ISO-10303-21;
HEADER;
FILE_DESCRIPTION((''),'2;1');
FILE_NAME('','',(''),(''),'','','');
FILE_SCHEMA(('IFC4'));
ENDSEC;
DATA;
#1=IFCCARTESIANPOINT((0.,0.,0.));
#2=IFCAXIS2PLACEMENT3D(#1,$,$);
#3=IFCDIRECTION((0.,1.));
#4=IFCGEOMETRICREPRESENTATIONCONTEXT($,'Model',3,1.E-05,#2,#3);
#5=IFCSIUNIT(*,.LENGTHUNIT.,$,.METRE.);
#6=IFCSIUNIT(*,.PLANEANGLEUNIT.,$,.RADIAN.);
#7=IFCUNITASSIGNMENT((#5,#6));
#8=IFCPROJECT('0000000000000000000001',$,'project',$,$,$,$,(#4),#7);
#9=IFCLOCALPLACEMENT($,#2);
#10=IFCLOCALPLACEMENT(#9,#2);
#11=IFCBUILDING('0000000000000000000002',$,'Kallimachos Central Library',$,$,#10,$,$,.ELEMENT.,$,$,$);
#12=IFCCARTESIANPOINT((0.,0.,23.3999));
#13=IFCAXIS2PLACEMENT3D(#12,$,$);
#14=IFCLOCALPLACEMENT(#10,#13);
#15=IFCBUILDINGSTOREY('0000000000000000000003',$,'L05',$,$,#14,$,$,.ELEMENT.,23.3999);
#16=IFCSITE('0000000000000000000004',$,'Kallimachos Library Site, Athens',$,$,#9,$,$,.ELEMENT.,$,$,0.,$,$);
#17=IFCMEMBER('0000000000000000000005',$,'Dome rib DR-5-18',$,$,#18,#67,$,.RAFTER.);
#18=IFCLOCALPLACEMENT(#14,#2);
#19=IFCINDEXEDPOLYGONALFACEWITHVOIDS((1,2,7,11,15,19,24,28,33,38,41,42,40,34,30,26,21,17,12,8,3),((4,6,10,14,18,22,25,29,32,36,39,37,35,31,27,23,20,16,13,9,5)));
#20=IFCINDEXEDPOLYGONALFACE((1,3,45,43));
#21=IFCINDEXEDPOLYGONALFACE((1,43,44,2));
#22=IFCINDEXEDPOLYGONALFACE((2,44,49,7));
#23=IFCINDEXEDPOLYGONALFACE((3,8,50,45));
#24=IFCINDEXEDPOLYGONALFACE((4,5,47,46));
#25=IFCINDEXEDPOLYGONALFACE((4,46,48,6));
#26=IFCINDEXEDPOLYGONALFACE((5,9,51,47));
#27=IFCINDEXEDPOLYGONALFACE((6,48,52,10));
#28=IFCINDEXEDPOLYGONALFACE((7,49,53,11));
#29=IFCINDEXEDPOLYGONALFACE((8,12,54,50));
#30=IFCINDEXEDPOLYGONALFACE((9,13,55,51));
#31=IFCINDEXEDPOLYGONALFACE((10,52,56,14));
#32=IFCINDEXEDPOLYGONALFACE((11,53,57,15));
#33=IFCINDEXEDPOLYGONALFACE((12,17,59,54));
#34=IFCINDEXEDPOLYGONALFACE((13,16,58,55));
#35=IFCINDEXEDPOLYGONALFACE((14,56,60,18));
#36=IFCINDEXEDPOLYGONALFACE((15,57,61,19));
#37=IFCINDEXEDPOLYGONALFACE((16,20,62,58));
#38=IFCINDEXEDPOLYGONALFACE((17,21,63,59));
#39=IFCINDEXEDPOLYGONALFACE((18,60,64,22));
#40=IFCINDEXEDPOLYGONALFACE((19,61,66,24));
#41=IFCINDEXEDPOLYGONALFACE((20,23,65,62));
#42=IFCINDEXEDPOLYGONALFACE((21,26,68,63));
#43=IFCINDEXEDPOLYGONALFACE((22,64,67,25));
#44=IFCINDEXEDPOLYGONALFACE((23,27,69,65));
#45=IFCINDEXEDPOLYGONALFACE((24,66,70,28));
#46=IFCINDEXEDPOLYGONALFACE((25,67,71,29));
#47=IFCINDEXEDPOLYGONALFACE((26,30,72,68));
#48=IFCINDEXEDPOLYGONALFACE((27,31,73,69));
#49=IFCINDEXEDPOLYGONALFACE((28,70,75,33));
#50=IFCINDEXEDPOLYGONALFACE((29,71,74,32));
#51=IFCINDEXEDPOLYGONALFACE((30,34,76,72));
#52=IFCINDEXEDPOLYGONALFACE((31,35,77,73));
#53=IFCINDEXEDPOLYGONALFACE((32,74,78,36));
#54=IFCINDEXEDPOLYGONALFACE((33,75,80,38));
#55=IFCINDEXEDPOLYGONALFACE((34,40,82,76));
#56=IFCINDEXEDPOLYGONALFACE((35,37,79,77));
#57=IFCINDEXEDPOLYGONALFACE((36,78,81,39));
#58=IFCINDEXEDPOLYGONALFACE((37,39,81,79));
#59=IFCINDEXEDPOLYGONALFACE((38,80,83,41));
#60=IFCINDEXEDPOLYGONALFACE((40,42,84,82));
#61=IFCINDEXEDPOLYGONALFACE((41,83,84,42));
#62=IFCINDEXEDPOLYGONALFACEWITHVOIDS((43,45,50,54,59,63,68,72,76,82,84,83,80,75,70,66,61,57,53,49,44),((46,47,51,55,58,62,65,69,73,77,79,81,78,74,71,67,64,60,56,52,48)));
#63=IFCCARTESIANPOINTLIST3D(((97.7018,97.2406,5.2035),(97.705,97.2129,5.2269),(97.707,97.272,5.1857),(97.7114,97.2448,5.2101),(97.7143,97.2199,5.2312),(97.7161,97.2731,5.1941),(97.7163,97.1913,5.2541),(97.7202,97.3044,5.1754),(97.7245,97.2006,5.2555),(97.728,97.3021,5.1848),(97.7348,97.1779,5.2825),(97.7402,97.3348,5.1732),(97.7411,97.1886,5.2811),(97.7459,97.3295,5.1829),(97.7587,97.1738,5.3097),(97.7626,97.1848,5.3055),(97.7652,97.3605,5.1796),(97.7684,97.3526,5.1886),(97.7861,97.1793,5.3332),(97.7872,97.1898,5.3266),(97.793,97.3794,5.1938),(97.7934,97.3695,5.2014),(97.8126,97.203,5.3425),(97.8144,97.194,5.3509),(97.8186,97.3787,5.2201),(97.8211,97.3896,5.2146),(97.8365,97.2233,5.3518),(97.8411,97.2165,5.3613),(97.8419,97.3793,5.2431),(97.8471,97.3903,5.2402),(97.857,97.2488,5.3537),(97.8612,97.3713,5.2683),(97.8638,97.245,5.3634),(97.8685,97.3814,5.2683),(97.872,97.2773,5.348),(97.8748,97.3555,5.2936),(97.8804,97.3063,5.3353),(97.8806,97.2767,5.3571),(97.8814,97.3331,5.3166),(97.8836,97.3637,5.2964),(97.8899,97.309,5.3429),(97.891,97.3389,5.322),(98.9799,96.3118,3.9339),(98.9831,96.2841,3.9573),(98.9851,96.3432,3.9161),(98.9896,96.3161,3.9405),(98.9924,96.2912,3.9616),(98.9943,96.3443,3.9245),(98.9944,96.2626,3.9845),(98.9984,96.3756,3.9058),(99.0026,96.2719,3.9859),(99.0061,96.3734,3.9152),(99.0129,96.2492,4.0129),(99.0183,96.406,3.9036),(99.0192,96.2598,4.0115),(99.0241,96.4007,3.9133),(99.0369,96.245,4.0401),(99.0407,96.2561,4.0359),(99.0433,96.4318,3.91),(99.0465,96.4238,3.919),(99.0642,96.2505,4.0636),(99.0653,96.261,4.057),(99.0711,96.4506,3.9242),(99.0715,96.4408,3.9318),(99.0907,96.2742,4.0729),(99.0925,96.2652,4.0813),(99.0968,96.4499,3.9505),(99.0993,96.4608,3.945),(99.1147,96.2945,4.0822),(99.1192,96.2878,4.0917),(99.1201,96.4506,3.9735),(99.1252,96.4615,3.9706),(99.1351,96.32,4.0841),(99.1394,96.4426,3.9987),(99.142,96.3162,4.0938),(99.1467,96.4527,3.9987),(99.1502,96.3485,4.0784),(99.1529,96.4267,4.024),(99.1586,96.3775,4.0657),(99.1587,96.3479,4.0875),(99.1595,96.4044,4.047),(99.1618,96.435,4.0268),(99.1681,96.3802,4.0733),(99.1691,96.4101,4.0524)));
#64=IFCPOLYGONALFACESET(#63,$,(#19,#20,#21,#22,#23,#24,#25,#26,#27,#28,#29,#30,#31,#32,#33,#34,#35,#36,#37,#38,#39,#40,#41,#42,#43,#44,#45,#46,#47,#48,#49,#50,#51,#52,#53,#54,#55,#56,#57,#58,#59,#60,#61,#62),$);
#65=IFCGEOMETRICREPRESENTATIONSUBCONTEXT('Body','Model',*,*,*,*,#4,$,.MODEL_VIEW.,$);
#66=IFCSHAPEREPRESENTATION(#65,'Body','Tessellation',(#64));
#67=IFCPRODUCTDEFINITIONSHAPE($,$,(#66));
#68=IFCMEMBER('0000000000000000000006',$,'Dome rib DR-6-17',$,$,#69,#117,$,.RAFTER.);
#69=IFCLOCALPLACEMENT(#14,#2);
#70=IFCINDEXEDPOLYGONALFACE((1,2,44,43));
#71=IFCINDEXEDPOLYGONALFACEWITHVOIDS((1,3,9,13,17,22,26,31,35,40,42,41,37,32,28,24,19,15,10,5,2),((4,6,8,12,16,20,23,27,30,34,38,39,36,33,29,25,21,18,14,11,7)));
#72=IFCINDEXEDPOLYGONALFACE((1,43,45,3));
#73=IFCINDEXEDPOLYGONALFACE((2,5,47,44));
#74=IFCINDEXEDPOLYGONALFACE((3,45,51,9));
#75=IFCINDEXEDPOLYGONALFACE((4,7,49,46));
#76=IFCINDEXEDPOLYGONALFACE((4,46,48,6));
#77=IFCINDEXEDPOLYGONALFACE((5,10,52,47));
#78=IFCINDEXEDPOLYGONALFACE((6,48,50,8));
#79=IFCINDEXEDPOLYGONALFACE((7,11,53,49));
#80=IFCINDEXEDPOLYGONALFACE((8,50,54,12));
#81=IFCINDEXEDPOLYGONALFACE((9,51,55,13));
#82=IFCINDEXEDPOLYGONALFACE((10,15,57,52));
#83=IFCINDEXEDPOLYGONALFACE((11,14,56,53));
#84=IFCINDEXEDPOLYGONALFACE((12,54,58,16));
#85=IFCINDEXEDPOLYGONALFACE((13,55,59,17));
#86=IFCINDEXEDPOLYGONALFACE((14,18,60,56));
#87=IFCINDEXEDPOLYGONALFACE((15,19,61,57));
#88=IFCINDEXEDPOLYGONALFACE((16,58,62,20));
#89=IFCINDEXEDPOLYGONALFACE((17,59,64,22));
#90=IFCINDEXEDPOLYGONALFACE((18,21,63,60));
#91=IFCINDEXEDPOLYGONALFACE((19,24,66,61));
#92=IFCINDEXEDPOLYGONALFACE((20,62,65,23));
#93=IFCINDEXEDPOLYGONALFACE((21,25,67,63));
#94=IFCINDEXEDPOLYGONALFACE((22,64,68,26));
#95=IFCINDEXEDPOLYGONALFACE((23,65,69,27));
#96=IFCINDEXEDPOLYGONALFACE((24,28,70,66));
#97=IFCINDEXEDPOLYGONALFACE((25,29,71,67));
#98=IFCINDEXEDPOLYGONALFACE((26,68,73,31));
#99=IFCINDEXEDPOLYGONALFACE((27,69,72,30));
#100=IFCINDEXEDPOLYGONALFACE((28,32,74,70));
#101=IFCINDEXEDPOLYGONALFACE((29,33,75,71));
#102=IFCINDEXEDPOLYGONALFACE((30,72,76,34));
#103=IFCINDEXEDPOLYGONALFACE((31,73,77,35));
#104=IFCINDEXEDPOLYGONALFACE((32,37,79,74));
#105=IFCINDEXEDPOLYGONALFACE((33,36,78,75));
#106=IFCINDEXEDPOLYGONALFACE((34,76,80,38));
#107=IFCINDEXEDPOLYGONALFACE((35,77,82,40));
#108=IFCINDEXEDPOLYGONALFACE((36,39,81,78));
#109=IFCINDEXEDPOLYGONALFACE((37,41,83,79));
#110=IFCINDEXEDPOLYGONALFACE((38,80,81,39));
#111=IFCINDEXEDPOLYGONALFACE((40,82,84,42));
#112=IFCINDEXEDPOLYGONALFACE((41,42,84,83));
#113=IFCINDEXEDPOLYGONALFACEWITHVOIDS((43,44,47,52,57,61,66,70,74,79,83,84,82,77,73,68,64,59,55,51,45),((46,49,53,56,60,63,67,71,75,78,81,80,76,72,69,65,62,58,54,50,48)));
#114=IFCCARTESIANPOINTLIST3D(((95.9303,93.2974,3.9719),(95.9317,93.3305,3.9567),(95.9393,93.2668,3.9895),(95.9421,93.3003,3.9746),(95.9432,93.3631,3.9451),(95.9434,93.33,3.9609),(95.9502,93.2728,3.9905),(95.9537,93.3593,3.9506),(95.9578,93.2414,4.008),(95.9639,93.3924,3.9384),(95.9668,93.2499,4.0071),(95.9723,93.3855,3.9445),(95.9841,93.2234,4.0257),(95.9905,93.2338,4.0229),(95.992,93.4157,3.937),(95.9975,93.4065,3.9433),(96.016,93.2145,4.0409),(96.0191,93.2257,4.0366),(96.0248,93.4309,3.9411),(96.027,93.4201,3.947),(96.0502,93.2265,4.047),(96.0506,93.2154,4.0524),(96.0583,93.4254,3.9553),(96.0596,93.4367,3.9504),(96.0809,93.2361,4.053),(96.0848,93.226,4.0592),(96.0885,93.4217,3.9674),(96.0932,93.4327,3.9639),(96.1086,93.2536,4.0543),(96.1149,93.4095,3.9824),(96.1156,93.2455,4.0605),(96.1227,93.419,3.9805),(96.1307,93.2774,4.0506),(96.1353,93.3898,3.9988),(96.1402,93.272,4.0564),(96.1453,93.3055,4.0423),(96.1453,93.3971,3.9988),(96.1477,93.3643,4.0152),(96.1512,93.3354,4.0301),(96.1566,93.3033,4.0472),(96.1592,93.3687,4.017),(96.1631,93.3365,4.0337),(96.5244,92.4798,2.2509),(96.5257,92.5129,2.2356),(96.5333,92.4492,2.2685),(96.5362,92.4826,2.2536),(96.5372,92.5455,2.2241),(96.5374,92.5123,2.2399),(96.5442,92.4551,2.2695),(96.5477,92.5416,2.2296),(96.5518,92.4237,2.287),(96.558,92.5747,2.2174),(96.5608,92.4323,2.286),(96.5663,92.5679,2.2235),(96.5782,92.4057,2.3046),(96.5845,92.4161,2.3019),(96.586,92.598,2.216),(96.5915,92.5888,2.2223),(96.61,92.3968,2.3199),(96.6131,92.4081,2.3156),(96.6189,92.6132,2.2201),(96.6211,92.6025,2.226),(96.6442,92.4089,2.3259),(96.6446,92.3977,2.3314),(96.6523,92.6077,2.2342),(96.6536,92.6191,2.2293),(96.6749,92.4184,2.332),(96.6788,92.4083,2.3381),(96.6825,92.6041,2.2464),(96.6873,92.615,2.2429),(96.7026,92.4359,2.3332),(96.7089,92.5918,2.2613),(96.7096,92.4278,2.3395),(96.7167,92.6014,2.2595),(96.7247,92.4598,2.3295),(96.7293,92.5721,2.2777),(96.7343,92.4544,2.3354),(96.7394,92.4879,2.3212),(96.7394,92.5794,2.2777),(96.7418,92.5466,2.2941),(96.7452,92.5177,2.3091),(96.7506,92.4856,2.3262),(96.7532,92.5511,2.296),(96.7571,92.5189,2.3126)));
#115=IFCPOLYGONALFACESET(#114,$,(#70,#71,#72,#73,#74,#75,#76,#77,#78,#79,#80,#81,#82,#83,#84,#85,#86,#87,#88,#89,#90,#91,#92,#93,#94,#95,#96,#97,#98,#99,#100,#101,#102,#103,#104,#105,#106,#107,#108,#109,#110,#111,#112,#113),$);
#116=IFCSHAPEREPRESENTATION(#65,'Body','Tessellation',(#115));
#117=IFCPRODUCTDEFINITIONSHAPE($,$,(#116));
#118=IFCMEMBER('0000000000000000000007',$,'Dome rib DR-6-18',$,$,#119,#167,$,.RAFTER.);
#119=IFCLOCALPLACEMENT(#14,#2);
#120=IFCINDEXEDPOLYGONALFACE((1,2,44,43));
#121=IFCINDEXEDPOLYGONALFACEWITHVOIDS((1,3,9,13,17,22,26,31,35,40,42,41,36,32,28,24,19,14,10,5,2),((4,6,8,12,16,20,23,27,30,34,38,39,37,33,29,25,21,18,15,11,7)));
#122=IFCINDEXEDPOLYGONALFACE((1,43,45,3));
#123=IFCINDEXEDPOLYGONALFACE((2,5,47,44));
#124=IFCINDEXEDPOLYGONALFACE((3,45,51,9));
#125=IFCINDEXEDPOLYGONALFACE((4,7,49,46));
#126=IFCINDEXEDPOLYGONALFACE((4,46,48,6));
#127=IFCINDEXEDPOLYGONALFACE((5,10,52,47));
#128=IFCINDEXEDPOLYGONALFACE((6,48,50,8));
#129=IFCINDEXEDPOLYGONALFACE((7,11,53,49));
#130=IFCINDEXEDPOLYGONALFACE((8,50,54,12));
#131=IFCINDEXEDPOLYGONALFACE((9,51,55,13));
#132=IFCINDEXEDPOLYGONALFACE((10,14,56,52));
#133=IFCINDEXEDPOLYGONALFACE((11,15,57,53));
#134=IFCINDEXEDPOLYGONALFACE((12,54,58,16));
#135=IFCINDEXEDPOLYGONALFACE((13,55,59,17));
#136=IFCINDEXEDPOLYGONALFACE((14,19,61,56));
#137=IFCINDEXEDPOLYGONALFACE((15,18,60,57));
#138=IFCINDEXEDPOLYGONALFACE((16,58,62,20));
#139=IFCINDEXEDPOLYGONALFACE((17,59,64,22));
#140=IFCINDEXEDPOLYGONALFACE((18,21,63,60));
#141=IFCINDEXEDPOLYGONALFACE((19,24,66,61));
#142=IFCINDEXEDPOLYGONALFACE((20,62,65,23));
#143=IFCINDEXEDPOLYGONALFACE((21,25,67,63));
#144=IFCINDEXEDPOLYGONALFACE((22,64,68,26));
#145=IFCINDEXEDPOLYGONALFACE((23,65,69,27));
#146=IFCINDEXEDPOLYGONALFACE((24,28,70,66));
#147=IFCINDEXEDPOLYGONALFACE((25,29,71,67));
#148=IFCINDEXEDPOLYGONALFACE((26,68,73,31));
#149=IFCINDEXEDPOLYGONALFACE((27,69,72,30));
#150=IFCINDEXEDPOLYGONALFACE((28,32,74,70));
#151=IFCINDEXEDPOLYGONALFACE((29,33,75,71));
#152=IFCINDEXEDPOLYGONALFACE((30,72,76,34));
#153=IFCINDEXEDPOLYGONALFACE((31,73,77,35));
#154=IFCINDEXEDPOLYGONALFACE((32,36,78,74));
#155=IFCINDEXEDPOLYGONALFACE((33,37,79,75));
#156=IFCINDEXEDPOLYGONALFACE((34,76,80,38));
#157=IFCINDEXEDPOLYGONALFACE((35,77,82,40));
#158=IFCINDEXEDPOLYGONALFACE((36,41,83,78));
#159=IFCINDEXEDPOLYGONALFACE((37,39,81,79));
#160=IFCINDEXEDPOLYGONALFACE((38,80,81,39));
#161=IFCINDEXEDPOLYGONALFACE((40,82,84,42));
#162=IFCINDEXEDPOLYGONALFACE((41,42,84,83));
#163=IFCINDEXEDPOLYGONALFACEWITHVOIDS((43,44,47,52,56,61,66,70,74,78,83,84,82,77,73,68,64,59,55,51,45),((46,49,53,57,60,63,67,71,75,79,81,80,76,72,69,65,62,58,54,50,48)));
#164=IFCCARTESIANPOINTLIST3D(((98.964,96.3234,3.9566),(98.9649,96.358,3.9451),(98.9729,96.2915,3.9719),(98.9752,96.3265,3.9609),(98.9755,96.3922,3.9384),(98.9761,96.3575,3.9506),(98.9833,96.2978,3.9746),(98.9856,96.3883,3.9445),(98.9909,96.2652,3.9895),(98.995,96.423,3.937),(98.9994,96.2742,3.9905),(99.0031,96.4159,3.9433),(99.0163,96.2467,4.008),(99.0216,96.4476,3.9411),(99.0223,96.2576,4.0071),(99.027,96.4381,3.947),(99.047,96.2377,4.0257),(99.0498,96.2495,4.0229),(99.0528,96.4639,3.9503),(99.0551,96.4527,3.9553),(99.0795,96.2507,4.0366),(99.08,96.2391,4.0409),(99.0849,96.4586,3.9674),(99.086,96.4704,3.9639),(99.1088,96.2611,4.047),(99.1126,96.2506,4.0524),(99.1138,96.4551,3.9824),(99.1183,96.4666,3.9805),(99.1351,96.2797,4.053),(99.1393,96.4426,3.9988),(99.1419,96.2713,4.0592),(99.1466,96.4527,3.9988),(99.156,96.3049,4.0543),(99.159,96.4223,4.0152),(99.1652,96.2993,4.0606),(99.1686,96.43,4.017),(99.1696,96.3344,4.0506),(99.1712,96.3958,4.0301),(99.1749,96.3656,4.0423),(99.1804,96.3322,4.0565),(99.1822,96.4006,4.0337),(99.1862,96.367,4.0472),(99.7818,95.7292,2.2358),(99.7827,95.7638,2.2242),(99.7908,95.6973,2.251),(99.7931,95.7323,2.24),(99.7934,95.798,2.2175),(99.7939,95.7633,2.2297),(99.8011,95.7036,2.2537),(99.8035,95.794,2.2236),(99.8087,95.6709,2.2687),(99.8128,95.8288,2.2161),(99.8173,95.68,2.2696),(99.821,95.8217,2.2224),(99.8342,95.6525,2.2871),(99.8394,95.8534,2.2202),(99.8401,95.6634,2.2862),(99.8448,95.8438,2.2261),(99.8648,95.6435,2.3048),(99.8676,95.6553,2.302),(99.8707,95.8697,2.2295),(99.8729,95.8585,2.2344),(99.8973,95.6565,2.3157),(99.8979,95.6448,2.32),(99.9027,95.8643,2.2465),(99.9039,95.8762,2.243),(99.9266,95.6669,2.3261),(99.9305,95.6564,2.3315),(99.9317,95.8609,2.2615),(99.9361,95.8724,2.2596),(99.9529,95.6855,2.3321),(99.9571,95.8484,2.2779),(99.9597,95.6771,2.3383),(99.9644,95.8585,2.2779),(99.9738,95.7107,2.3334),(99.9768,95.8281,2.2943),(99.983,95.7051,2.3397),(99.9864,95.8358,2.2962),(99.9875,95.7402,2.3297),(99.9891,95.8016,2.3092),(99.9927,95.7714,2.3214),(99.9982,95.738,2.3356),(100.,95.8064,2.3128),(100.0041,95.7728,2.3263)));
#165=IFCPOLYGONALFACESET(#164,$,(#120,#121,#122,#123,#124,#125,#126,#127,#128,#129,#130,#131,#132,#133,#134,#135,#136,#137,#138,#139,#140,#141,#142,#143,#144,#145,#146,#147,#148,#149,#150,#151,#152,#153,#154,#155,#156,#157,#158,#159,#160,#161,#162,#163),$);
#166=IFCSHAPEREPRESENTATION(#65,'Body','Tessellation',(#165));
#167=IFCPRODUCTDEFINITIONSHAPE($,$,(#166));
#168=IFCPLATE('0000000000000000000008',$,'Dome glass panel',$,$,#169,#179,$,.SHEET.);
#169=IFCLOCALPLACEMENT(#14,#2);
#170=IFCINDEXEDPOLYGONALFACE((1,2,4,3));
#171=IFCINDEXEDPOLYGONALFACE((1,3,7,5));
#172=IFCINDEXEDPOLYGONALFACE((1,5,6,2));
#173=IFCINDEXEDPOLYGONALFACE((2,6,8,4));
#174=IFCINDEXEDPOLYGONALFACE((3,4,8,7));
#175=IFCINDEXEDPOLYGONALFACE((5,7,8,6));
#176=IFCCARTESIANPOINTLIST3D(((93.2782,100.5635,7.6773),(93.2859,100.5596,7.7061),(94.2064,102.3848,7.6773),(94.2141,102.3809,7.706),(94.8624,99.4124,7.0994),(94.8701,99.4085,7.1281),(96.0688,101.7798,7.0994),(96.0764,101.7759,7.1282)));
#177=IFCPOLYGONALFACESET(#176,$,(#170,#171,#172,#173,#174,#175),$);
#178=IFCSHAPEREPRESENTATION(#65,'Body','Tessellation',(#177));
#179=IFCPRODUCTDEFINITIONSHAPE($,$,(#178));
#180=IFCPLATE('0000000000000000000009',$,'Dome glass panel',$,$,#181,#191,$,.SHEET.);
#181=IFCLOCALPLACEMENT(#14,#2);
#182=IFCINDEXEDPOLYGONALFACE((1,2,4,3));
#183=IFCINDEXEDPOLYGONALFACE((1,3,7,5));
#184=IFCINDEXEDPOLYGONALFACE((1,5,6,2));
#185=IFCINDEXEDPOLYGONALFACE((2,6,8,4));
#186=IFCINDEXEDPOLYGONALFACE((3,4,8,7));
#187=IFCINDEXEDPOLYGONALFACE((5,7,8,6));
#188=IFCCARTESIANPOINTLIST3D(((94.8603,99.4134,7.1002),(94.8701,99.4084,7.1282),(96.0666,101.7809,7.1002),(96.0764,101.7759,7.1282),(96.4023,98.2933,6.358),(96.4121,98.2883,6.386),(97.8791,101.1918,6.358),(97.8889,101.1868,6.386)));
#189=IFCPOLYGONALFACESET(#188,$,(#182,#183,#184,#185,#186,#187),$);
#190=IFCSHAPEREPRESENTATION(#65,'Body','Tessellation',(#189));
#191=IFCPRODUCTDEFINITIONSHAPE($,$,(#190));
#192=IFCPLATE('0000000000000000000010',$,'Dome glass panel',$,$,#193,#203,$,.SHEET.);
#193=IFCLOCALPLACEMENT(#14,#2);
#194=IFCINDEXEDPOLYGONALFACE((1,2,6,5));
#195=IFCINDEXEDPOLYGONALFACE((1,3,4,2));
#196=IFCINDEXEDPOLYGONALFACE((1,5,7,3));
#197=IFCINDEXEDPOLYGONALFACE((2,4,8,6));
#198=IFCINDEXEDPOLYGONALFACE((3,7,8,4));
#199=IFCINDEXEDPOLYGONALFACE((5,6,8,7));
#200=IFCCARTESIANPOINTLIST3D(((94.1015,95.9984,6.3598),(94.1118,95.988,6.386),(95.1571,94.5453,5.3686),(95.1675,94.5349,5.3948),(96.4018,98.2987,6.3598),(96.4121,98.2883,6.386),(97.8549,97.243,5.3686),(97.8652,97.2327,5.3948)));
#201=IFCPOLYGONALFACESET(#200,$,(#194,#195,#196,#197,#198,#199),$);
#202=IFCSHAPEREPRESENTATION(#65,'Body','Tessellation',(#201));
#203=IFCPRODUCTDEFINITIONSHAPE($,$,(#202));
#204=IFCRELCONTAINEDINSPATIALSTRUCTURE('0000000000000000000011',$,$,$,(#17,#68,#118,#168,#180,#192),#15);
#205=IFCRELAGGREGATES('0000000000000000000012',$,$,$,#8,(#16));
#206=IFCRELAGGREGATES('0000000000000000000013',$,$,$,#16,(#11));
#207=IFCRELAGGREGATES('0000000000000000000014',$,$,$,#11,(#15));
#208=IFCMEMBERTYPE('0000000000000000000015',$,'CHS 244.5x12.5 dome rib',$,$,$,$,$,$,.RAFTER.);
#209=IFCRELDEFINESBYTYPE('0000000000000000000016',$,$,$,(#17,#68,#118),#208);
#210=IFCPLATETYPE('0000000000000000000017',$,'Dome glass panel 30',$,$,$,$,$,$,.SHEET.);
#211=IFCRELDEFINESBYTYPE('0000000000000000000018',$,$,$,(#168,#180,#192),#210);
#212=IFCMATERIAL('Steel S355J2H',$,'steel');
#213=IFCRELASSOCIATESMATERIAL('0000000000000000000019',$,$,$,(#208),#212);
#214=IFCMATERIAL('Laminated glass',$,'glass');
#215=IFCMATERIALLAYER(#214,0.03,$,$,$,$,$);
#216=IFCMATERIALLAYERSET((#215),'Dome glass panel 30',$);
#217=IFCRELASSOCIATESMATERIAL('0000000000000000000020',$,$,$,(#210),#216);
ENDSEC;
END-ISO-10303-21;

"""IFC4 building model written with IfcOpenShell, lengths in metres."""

from ifc_helpers import new_model, si_unit, direction, frame, origin, origin_2d, place, context, subcontext, project, spatial, polyline, hollow_circle, outline, extrude, material, layer, layer_set, material_profile, profile_set, type_object, element, save


model = new_model("IFC4")

# Units and contexts
model_context = context("Model", 3, precision=1e-05, world=origin(), true_north=direction((0.0, 1.0)))
body_context = subcontext(model_context, "Body", "Model", "MODEL_VIEW")
ifc_project = project(units=[si_unit("LENGTHUNIT", "METRE"), si_unit("PLANEANGLEUNIT", "RADIAN")], contexts=[model_context])

# Site, building, storey
site_placement = place(None, origin())
site = spatial("IfcSite", under=ifc_project, at=site_placement, Name="Kallimachos Library Site, Athens", CompositionType="ELEMENT", RefElevation=0.0)
building_placement = place(site_placement, origin())
building = spatial("IfcBuilding", under=site, at=building_placement, Name="Kallimachos Central Library", CompositionType="ELEMENT")
storey_placement = place(building_placement, frame((0.0, 0.0, 23.3999)))
storey = spatial("IfcBuildingStorey", under=building, at=storey_placement, Name="L05", CompositionType="ELEMENT", Elevation=23.3999)

# Members
ifc_material_1 = material(Name="Steel S355J2H", Category="steel")
ifc_material_profile_1 = material_profile(ifc_material_1, hollow_circle(Radius=0.1223, WallThickness=0.0125, at=origin_2d()), Name="CHS 244.5x12.5")
ifc_profile_set_1 = profile_set([ifc_material_profile_1], Name="Steel S355J2H")
member_type_1 = type_object("IfcMemberType", Name="CHS 244.5x12.5 dome rib", PredefinedType="RAFTER", material=ifc_profile_set_1)
for number, where, z_axis, x_axis, name in (
    (1, (97.7966, 97.2825, 5.2683), (0.630606, -0.458228, -0.626389), (0.587841, 0.808977, 0.0), "Dome rib DR-5-18"),
):
    element("IfcMember", number, at=place(storey_placement, frame(where, z_axis=z_axis, x_axis=x_axis)), inside=storey, type_object=member_type_1, Name=name, PredefinedType="RAFTER", context=body_context, shape_type="SweptSolid", body=[
        extrude(hollow_circle(Radius=0.1223, WallThickness=0.0125, at=origin_2d()), origin(), (0.0, 0.0, 1.0), 2.0269),
    ])
for number, where, z_axis, x_axis, name in (
    (2, (96.0464, 93.3252, 3.9988), (0.29763, -0.409685, -0.862308), (0.809039, 0.587755, 0.0), "Dome rib DR-6-17"),
    (3, (99.0747, 96.3538, 3.9988), (0.409772, -0.297727, -0.862233), (0.587798, 0.809008, 0.0), "Dome rib DR-6-18"),
):
    element("IfcMember", number, at=place(storey_placement, frame(where, z_axis=z_axis, x_axis=x_axis)), inside=storey, type_object=member_type_1, Name=name, PredefinedType="RAFTER", context=body_context, shape_type="SweptSolid", body=[
        extrude(hollow_circle(Radius=0.1223, WallThickness=0.0125, at=origin_2d()), origin(), (0.0, 0.0, 1.0), 1.9958),
    ])

# Plates
ifc_material_2 = material(Name="Laminated glass", Category="glass")
ifc_layer = layer(ifc_material_2, 0.03)
ifc_layer_set = layer_set([ifc_layer], Name="Dome glass panel 30")
plate_type = type_object("IfcPlateType", Name="Dome glass panel 30", PredefinedType="SHEET", material=ifc_layer_set)
plate_1_placement = place(storey_placement, frame((93.2859, 100.5596, 7.7061), z_axis=(0.255075, -0.129983, 0.958145), x_axis=(0.775907, -0.563786, -0.283044)))
element("IfcPlate", 4, at=plate_1_placement, inside=storey, type_object=plate_type, Name="Dome glass panel", PredefinedType="SHEET", context=body_context, shape_type="SweptSolid", body=[
    extrude(outline(polyline([(0.0, 0.0), (2.0418, 0.0), (1.643, 2.627), (-0.3066, 2.0211), (0.0, 0.0)])), origin(), (0.0, 0.0, -1.0), 0.03),
])
plate_2_placement = place(storey_placement, frame((94.8701, 99.4084, 7.1282), z_axis=(0.326814, -0.166521, 0.930303), x_axis=(0.753919, -0.547654, -0.362879)))
element("IfcPlate", 5, at=plate_2_placement, inside=storey, type_object=plate_type, Name="Dome glass panel", PredefinedType="SHEET", context=body_context, shape_type="SweptSolid", body=[
    extrude(outline(polyline([(0.0, 0.0), (2.0453, 0.0), (1.5714, 3.2183), (-0.3871, 2.6287), (0.0, 0.0)])), origin(), (0.0, 0.0, -1.0), 0.03),
])
plate_3_placement = place(storey_placement, frame((94.1118, 95.988, 6.386), z_axis=(0.344907, -0.344907, 0.872971), x_axis=(0.514591, -0.708336, -0.483173)))
element("IfcPlate", 6, at=plate_3_placement, inside=storey, type_object=plate_type, Name="Dome glass panel", PredefinedType="SHEET", context=body_context, shape_type="SweptSolid", body=[
    extrude(outline(polyline([(0.0, 0.0), (2.0515, 0.0), (1.5288, 3.7792), (-0.4457, 3.2224), (0.0, 0.0)])), origin(), (0.0, 0.0, -1.0), 0.03),
])

save(model, "model.ifc")
